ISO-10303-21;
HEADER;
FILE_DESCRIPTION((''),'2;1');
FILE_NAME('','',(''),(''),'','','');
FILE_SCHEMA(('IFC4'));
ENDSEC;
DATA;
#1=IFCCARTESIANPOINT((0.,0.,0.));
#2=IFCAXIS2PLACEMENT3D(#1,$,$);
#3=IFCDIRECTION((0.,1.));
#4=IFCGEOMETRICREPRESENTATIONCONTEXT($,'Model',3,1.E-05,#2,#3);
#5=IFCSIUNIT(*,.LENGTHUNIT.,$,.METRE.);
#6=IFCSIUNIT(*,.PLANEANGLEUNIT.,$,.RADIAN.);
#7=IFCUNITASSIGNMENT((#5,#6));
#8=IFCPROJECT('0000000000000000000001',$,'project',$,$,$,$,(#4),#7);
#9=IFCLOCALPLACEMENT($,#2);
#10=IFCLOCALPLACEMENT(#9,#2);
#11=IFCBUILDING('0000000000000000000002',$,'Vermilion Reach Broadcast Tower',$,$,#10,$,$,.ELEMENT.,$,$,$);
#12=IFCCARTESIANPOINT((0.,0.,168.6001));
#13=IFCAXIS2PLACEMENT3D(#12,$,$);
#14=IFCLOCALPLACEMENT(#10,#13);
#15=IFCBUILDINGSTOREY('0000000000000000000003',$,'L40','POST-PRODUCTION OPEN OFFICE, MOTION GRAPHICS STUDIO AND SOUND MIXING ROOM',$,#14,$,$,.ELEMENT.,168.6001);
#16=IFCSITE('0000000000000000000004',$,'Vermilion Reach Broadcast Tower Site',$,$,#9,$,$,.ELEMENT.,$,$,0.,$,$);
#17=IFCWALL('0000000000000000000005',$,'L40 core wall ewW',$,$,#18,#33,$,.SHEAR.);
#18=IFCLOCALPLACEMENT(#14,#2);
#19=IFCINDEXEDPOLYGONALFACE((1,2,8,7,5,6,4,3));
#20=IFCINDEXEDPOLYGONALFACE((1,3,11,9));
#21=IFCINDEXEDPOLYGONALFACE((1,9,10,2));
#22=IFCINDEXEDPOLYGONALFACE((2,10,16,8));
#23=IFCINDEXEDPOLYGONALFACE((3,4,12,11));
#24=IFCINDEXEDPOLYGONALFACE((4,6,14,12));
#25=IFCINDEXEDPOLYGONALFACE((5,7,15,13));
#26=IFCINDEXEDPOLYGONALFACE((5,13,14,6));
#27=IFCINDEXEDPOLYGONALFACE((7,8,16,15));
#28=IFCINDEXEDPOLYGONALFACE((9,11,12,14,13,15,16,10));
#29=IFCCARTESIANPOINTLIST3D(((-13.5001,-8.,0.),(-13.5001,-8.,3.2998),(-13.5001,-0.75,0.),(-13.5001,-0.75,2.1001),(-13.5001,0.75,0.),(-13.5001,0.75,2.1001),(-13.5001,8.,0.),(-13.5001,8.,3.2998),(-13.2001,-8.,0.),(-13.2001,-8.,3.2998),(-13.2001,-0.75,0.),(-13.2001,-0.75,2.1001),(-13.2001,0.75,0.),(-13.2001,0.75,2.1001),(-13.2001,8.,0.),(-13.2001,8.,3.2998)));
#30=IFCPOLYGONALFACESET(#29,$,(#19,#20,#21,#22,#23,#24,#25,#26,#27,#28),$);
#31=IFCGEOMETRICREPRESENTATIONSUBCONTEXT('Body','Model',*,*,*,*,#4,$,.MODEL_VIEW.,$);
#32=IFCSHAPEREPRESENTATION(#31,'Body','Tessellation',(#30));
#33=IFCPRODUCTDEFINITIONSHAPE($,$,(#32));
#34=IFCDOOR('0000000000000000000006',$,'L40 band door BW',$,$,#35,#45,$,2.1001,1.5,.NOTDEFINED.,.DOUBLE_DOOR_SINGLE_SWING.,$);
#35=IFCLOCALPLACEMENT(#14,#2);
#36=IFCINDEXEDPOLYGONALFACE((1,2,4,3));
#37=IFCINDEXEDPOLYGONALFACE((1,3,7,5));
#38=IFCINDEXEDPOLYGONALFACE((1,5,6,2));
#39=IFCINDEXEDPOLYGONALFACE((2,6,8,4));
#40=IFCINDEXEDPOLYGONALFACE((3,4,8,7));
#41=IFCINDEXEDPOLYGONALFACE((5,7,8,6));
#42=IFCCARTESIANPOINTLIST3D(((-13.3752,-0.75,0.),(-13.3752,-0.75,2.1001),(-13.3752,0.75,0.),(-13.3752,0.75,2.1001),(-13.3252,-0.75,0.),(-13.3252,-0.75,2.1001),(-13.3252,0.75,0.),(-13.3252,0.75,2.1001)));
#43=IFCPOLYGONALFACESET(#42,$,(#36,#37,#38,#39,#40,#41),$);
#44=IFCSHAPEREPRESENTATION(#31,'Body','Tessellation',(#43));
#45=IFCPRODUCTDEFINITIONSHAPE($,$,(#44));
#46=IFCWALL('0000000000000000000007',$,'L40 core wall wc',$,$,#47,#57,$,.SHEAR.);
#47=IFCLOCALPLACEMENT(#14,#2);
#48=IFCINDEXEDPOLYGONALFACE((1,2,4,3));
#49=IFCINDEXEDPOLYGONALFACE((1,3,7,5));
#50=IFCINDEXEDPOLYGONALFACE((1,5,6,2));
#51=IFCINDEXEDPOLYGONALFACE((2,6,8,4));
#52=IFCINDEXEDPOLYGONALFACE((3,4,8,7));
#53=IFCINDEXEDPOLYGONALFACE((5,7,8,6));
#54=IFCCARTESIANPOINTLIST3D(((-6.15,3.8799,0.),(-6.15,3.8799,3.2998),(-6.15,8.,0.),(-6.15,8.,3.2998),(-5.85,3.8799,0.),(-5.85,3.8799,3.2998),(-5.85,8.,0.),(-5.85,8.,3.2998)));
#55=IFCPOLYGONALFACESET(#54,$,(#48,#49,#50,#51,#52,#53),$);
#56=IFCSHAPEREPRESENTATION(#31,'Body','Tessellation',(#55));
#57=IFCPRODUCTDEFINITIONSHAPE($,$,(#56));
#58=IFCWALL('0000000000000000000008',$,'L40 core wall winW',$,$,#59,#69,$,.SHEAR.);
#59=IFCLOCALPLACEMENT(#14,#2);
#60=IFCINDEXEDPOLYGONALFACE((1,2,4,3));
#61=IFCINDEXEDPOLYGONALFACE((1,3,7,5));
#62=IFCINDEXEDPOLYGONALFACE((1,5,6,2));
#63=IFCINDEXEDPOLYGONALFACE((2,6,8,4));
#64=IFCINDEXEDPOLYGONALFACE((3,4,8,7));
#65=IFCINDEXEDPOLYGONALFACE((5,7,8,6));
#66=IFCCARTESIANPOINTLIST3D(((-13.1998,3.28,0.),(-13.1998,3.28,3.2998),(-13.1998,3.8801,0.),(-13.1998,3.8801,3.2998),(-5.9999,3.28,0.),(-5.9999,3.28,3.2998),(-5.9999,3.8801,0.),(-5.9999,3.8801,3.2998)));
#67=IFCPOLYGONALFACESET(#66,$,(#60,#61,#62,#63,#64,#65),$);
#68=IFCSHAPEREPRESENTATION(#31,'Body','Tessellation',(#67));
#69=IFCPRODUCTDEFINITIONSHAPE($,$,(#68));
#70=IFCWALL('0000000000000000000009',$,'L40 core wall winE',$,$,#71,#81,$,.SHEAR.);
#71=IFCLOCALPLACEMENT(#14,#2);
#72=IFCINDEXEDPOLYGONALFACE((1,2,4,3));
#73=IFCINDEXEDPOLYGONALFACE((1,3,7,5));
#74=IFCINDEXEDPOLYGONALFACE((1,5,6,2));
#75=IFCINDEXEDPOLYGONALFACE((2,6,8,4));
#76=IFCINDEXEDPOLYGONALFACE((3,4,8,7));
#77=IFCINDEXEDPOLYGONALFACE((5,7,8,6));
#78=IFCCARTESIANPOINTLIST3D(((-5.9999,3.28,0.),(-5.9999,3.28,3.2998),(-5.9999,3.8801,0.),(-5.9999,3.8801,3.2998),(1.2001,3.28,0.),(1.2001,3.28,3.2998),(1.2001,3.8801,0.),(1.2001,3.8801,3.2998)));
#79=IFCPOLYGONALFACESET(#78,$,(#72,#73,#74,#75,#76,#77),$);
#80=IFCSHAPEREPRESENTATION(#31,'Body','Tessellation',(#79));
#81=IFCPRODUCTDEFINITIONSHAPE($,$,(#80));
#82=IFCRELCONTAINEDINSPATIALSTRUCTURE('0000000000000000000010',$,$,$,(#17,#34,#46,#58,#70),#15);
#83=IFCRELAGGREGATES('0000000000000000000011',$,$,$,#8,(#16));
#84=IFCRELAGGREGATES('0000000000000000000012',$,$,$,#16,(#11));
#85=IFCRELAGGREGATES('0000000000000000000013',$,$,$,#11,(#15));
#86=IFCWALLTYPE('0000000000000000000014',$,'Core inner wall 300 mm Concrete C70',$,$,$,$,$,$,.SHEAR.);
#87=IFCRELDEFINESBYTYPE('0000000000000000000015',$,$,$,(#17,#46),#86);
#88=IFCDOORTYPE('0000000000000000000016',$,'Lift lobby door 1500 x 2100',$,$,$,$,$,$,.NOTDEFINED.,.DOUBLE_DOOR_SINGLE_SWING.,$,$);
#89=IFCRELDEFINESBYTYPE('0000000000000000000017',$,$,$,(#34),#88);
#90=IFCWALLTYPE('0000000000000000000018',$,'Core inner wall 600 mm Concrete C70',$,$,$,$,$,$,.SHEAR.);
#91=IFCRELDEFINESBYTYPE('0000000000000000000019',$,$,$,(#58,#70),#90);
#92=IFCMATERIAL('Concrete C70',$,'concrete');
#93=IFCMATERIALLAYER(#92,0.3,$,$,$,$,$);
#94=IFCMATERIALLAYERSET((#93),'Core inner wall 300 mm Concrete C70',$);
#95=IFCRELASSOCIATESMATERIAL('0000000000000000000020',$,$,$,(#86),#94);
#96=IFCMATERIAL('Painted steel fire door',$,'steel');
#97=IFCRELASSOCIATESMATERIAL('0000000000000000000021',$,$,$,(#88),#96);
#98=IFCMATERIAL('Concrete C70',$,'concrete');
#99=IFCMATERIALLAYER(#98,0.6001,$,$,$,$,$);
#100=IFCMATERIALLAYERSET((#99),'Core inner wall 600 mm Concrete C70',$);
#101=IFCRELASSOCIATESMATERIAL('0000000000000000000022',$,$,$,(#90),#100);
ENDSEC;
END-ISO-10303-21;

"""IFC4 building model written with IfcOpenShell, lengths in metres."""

from ifc_helpers import new_model, si_unit, direction, frame, frame_2d, origin, place, context, subcontext, project, spatial, rectangle, extrude, material, layer, layer_set, type_object, element, fill, save


model = new_model("IFC4")

# Units and contexts
model_context = context("Model", 3, precision=1e-05, world=origin(), true_north=direction((0.0, 1.0)))
body_context = subcontext(model_context, "Body", "Model", "MODEL_VIEW")
ifc_project = project(units=[si_unit("LENGTHUNIT", "METRE"), si_unit("PLANEANGLEUNIT", "RADIAN")], contexts=[model_context])

# Site, building, storey
site_placement = place(None, origin())
site = spatial("IfcSite", under=ifc_project, at=site_placement, Name="Vermilion Reach Broadcast Tower Site", CompositionType="ELEMENT", RefElevation=0.0)
building_placement = place(site_placement, origin())
building = spatial("IfcBuilding", under=site, at=building_placement, Name="Vermilion Reach Broadcast Tower", CompositionType="ELEMENT")
storey_placement = place(building_placement, frame((0.0, 0.0, 168.6001)))
storey = spatial("IfcBuildingStorey", under=building, at=storey_placement, Name="L40", Description="POST-PRODUCTION OPEN OFFICE, MOTION GRAPHICS STUDIO AND SOUND MIXING ROOM", CompositionType="ELEMENT", Elevation=168.6001)

# Wall, opening, door
ifc_material_1 = material(Name="Concrete C70", Category="concrete")
ifc_layer_1 = layer(ifc_material_1, 0.3)
ifc_layer_set_1 = layer_set([ifc_layer_1], Name="Core inner wall 300 mm Concrete C70")
wall_type_1 = type_object("IfcWallType", Name="Core inner wall 300 mm Concrete C70", PredefinedType="SHEAR", material=ifc_layer_set_1)
wall_1_placement = place(storey_placement, frame((-13.3501, 8.0, 0.0), z_axis=(0.0, 0.0, 1.0), x_axis=(0.0, -1.0, 0.0)))
wall_1 = element("IfcWall", 1, at=wall_1_placement, inside=storey, type_object=wall_type_1, Name="L40 core wall ewW", PredefinedType="SHEAR", context=body_context, shape_type="SweptSolid", body=[
    extrude(rectangle(XDim=16.0, YDim=0.3, at=frame_2d((8.0, 0.0))), origin(), (0.0, 0.0, 1.0), 3.2998),
])
opening_1_placement = place(wall_1_placement, frame((7.25, 0.0, 0.0)))
opening_1 = element("IfcOpeningElement", 2, at=opening_1_placement, cuts=wall_1, PredefinedType="OPENING", context=body_context, shape_type="SweptSolid", body=[
    extrude(rectangle(XDim=1.5, YDim=2.1001, at=frame_2d((0.75, 1.05))), frame((0.0, 0.1599, 0.0), z_axis=(0.0, -1.0, 0.0), x_axis=(1.0, 0.0, 0.0)), (0.0, 0.0, 1.0), 0.3201),
])
ifc_material_2 = material(Name="Painted steel fire door", Category="steel")
door_type_1 = type_object("IfcDoorType", Name="Lift lobby door 1500 x 2100", OperationType="DOUBLE_DOOR_SINGLE_SWING", PredefinedType="NOTDEFINED", material=ifc_material_2)
door_1_placement = place(opening_1_placement, origin())
door_1 = element("IfcDoor", 3, at=door_1_placement, inside=storey, type_object=door_type_1, Name="L40 band door BW", OperationType="DOUBLE_DOOR_SINGLE_SWING", OverallHeight=2.1001, OverallWidth=1.5, PredefinedType="NOTDEFINED", context=body_context, shape_type="SweptSolid", body=[
    extrude(rectangle(XDim=1.5, YDim=2.1001, at=frame_2d((0.75, 1.05))), frame((0.0, 0.0249, 0.0), z_axis=(0.0, -1.0, 0.0), x_axis=(1.0, 0.0, 0.0)), (0.0, 0.0, 1.0), 0.05),
])
fill(opening_1, door_1)

# Walls
wall_2_placement = place(storey_placement, frame((-6.0, 3.8799, 0.0), z_axis=(0.0, 0.0, 1.0), x_axis=(0.0, 1.0, 0.0)))
element("IfcWall", 4, at=wall_2_placement, inside=storey, type_object=wall_type_1, Name="L40 core wall wc", PredefinedType="SHEAR", context=body_context, shape_type="SweptSolid", body=[
    extrude(rectangle(XDim=4.1201, YDim=0.3, at=frame_2d((2.0601, 0.0))), origin(), (0.0, 0.0, 1.0), 3.2998),
])
ifc_material_3 = material(Name="Concrete C70", Category="concrete")
ifc_layer_2 = layer(ifc_material_3, 0.6001)
ifc_layer_set_2 = layer_set([ifc_layer_2], Name="Core inner wall 600 mm Concrete C70")
wall_type_2 = type_object("IfcWallType", Name="Core inner wall 600 mm Concrete C70", PredefinedType="SHEAR", material=ifc_layer_set_2)
for number, where, z_axis, x_axis, name in (
    (5, (-13.2, 3.5801, 0.0), (0.0, 0.0, 1.0), (1.0, 0.0, 0.0), "L40 core wall winW"),
    (6, (-6.0, 3.5801, 0.0), (0.0, 0.0, 1.0), (1.0, 0.0, 0.0), "L40 core wall winE"),
):
    element("IfcWall", number, at=place(storey_placement, frame(where, z_axis=z_axis, x_axis=x_axis)), inside=storey, type_object=wall_type_2, Name=name, PredefinedType="SHEAR", context=body_context, shape_type="SweptSolid", body=[
        extrude(rectangle(XDim=7.2, YDim=0.6001, at=frame_2d((3.6001, 0.0))), origin(), (0.0, 0.0, 1.0), 3.2998),
    ])

save(model, "model.ifc")
